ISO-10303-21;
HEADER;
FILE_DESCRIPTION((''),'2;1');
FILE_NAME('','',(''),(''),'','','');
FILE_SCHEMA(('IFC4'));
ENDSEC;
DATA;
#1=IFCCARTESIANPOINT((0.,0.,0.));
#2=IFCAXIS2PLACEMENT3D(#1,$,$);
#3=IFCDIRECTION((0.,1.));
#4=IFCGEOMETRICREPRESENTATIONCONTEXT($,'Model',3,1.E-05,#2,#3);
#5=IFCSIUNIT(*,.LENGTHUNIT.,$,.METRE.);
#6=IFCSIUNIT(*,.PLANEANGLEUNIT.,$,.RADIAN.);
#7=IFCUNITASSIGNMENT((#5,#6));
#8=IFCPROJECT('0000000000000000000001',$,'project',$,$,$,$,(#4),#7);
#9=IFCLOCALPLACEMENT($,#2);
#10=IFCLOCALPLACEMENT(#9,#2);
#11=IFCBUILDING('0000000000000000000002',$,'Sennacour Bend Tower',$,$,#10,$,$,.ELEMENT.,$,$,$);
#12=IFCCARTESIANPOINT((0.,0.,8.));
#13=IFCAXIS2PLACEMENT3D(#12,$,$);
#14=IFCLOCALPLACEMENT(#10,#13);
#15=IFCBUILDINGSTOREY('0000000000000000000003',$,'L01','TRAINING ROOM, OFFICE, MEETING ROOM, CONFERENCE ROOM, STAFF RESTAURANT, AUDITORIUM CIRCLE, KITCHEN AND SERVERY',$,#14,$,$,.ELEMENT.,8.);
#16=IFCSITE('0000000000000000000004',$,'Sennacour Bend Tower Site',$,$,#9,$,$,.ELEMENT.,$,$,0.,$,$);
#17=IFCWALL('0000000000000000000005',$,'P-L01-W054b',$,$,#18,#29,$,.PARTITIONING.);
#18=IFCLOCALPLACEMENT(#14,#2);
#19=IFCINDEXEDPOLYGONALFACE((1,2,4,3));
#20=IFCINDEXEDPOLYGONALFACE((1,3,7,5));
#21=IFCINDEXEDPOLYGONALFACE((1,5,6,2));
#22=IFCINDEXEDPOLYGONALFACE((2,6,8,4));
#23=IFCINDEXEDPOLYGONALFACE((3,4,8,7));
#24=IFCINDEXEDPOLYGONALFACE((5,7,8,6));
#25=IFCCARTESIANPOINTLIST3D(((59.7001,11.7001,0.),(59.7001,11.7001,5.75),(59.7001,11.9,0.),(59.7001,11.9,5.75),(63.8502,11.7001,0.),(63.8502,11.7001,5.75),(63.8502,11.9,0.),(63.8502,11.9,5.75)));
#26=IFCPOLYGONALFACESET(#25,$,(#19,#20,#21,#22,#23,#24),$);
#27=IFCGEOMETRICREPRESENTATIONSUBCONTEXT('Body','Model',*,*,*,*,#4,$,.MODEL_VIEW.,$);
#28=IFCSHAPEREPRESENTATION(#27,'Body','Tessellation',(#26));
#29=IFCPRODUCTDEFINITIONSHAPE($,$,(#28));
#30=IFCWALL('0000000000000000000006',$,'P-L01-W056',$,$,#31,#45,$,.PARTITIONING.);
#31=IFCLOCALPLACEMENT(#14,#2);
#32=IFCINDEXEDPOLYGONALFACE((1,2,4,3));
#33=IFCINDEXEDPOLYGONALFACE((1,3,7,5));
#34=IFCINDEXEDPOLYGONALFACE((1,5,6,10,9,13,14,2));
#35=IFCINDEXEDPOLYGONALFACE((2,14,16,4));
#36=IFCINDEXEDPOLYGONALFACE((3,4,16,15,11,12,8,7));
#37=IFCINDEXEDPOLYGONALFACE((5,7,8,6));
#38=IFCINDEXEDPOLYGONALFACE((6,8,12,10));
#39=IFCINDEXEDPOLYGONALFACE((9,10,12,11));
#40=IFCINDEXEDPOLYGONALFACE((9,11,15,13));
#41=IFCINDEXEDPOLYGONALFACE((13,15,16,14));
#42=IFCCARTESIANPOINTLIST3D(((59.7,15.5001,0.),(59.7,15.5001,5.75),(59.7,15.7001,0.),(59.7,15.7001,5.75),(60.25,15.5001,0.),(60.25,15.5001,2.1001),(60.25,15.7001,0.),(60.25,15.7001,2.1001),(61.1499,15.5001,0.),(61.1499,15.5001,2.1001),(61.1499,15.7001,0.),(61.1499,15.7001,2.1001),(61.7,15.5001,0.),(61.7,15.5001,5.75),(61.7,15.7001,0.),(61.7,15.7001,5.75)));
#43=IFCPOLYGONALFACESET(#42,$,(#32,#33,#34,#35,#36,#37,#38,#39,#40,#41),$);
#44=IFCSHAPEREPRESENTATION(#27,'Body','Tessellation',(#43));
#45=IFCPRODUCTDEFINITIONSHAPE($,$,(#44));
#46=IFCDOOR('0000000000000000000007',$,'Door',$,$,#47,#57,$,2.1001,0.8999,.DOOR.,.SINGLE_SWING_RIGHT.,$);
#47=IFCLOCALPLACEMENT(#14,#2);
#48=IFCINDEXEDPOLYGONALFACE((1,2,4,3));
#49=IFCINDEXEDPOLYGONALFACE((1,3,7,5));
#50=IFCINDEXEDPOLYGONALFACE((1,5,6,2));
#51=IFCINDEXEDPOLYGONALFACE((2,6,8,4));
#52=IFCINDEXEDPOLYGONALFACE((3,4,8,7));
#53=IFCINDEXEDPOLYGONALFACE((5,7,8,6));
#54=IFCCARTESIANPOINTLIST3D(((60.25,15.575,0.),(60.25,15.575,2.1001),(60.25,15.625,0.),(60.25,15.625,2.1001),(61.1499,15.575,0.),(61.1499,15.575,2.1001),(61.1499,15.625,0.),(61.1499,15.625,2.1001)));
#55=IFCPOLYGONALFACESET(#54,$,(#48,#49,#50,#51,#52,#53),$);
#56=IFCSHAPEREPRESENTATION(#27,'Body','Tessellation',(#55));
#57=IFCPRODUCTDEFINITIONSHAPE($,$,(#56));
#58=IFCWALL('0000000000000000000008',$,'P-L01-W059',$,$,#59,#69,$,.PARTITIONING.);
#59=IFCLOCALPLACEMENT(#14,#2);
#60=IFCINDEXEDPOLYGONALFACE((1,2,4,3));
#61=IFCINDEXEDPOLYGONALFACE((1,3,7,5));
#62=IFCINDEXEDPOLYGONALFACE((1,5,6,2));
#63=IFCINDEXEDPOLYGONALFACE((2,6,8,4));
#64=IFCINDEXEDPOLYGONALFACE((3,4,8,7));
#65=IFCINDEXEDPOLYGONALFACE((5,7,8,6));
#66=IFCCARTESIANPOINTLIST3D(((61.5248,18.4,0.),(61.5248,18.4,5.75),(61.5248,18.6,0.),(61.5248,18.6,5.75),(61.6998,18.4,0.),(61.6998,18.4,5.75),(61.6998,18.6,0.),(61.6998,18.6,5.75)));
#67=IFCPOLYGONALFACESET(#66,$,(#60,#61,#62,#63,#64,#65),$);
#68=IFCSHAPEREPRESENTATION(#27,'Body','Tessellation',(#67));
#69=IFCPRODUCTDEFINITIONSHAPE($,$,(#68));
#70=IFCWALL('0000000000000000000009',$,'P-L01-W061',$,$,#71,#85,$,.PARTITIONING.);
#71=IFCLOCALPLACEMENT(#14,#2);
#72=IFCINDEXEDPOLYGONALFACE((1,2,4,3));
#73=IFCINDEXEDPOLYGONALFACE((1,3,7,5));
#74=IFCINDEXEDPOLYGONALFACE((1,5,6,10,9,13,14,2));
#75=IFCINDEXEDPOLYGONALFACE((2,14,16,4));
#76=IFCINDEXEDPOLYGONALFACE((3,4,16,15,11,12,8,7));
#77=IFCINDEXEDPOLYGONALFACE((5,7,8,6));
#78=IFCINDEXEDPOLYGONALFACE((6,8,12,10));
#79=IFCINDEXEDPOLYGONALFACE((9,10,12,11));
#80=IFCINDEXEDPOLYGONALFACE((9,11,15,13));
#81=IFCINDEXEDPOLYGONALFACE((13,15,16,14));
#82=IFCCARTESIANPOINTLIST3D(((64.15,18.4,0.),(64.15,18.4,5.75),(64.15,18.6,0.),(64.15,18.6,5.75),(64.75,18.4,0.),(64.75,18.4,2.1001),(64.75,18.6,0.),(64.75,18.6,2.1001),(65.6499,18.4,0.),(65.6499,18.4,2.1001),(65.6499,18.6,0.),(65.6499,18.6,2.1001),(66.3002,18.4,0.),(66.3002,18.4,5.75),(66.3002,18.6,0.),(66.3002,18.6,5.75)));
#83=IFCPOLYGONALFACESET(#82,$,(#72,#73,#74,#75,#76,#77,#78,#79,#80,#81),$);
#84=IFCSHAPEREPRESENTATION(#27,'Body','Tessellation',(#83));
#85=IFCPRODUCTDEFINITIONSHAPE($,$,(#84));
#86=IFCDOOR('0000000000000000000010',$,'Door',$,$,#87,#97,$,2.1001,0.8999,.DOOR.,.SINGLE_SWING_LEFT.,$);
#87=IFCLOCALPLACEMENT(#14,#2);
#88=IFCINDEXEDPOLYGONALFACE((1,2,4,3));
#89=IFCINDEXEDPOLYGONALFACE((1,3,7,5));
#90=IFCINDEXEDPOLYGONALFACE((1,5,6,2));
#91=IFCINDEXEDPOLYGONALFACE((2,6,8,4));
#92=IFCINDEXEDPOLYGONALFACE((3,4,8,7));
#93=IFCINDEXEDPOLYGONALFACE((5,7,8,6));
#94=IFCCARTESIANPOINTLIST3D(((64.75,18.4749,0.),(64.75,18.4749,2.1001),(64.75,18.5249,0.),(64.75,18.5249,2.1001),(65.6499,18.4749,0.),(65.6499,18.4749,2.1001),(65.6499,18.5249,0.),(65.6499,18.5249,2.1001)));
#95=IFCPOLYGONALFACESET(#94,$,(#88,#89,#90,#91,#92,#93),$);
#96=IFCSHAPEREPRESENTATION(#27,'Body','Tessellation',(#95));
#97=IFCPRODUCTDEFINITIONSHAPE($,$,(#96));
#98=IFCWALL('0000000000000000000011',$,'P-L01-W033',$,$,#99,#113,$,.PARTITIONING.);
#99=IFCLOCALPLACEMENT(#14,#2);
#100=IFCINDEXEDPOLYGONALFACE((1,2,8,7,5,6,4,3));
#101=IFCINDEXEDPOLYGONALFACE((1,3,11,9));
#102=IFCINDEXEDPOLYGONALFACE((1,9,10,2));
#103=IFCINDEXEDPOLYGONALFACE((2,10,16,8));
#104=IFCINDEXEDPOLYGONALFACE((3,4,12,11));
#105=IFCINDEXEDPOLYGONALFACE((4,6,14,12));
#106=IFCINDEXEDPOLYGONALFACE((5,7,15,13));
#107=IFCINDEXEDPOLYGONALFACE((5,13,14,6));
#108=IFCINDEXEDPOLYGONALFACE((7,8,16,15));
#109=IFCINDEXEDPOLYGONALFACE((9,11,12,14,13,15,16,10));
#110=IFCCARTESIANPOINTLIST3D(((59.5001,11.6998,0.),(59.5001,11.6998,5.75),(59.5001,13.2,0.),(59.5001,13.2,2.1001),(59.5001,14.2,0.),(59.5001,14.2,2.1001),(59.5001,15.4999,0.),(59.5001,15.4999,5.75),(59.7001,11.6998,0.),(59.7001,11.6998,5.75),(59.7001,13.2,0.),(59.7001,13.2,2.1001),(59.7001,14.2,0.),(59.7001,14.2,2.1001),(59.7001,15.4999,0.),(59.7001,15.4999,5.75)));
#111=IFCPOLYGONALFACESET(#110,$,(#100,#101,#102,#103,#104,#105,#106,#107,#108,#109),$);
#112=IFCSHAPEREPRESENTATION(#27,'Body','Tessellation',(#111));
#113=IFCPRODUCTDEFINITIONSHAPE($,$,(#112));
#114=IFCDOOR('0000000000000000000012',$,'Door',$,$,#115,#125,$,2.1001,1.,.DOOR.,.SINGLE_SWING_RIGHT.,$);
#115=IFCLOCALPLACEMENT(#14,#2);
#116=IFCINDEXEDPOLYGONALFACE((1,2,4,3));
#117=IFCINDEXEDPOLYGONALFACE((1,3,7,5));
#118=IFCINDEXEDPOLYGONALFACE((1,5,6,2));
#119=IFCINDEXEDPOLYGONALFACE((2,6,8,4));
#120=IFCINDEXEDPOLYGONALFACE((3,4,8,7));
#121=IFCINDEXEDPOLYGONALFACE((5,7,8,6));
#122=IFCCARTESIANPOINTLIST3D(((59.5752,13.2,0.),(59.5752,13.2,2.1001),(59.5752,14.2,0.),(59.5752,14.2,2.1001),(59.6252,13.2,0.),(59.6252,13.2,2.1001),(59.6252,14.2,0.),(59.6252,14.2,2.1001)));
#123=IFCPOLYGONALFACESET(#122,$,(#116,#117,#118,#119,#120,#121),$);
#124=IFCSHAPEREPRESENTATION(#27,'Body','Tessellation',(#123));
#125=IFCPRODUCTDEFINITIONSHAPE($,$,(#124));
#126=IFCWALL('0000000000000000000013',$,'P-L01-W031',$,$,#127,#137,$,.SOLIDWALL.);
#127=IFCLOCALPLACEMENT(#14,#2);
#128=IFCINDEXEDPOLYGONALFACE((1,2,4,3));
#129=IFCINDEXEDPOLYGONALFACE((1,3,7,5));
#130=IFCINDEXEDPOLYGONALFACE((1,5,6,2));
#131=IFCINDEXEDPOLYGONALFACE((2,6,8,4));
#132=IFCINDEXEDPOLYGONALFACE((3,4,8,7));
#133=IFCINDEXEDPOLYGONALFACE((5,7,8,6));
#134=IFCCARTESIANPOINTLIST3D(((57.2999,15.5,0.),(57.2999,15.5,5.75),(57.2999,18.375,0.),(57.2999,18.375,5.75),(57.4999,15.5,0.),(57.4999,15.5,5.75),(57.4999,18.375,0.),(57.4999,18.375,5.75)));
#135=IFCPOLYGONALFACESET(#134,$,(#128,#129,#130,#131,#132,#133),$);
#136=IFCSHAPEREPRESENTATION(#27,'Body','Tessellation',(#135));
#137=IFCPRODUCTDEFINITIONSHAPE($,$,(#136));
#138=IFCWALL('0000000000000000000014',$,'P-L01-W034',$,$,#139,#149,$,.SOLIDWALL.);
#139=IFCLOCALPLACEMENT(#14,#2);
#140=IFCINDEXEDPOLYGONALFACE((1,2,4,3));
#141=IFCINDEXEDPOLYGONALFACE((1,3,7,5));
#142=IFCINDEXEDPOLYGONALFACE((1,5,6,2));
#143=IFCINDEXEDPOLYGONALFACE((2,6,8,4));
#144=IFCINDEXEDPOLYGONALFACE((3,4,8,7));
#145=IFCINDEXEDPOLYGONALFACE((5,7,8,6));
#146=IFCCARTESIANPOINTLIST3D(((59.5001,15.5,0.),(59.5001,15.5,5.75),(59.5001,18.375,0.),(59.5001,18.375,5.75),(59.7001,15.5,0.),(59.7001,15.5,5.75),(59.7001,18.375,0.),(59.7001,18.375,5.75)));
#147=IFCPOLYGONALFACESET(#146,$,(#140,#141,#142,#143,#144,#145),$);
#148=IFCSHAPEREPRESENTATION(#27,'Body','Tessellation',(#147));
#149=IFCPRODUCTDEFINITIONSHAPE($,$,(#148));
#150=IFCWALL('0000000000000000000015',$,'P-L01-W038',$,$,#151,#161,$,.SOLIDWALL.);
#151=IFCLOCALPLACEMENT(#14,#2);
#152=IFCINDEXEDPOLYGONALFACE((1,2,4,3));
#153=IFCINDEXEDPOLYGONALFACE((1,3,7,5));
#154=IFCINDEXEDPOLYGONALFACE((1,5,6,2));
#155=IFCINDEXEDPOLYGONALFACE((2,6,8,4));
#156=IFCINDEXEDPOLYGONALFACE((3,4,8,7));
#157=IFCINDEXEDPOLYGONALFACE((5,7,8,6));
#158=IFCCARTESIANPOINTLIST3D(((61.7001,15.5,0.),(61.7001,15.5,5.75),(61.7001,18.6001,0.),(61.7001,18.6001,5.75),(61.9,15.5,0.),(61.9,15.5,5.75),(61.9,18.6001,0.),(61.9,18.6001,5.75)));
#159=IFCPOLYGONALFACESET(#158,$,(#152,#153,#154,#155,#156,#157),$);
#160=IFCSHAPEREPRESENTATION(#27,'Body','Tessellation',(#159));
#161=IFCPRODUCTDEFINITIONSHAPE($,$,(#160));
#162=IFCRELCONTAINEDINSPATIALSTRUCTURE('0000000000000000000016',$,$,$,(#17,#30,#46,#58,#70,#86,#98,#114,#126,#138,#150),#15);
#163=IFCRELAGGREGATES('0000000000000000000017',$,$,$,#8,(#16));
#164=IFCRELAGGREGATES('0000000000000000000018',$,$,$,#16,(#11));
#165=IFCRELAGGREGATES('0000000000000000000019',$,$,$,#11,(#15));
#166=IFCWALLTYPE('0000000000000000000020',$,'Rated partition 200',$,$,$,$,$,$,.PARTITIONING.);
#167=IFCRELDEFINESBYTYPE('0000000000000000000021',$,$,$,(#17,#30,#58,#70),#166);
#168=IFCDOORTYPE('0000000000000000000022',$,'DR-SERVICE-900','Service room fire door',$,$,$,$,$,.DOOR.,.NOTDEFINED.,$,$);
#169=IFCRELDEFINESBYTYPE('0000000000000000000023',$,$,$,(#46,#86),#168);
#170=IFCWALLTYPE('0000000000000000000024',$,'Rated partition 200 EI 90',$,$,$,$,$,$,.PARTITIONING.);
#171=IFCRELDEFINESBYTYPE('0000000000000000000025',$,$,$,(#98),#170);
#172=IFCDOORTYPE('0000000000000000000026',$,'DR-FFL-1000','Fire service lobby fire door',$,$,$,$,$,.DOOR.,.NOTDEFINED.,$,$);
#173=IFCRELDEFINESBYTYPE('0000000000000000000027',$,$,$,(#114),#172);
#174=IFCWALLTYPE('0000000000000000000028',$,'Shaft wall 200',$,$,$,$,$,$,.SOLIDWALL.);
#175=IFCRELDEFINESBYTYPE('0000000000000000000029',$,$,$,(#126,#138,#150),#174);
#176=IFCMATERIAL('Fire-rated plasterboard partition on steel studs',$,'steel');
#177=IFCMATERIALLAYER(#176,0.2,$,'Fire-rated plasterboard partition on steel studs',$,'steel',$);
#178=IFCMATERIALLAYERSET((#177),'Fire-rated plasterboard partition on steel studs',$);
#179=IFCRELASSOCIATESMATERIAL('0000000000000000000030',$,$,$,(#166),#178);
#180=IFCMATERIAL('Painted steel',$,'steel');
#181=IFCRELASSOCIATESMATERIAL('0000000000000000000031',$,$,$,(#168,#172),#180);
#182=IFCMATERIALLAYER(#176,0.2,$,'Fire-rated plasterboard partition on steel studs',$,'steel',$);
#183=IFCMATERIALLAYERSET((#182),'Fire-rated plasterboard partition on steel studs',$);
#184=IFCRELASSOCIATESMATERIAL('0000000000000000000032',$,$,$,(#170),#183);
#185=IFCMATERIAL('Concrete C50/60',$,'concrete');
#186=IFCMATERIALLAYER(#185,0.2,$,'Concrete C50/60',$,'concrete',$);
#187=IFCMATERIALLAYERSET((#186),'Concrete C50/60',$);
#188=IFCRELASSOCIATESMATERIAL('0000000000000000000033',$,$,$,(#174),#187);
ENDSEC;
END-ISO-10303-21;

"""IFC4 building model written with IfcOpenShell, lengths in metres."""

from ifc_helpers import new_model, si_unit, direction, frame, frame_2d, origin, place, context, subcontext, project, spatial, rectangle, extrude, material, layer, layer_set, type_object, element, fill, save


model = new_model("IFC4")

# Units and contexts
model_context = context("Model", 3, precision=1e-05, world=origin(), true_north=direction((0.0, 1.0)))
body_context = subcontext(model_context, "Body", "Model", "MODEL_VIEW")
ifc_project = project(units=[si_unit("LENGTHUNIT", "METRE"), si_unit("PLANEANGLEUNIT", "RADIAN")], contexts=[model_context])

# Site, building, storey
site_placement = place(None, origin())
site = spatial("IfcSite", under=ifc_project, at=site_placement, Name="Sennacour Bend Tower Site", CompositionType="ELEMENT", RefElevation=0.0)
building_placement = place(site_placement, origin())
building = spatial("IfcBuilding", under=site, at=building_placement, Name="Sennacour Bend Tower", CompositionType="ELEMENT")
storey_placement = place(building_placement, frame((0.0, 0.0, 8.0)))
storey = spatial("IfcBuildingStorey", under=building, at=storey_placement, Name="L01", Description="TRAINING ROOM, OFFICE, MEETING ROOM, CONFERENCE ROOM, STAFF RESTAURANT, AUDITORIUM CIRCLE, KITCHEN AND SERVERY", CompositionType="ELEMENT", Elevation=8.0)

# Wall
ifc_material_1 = material(Name="Fire-rated plasterboard partition on steel studs", Category="steel")
ifc_layer_1 = layer(ifc_material_1, 0.2, Name="Fire-rated plasterboard partition on steel studs", Category="steel")
ifc_layer_set_1 = layer_set([ifc_layer_1], Name="Fire-rated plasterboard partition on steel studs")
wall_type_1 = type_object("IfcWallType", Name="Rated partition 200", PredefinedType="PARTITIONING", material=ifc_layer_set_1)
wall_1_placement = place(storey_placement, frame((59.7, 11.8, 0.0), z_axis=(0.0, 0.0, 1.0), x_axis=(1.0, 0.0, 0.0)))
element("IfcWall", 1, at=wall_1_placement, inside=storey, type_object=wall_type_1, Name="P-L01-W054b", PredefinedType="PARTITIONING", context=body_context, shape_type="SweptSolid", body=[
    extrude(rectangle(XDim=4.1501, YDim=0.2, at=frame_2d((2.0752, 0.0))), origin(), (0.0, 0.0, 1.0), 5.75),
])

# Wall, opening, door
wall_2_placement = place(storey_placement, frame((59.7, 15.6001, 0.0), z_axis=(0.0, 0.0, 1.0), x_axis=(1.0, 0.0, 0.0)))
wall_2 = element("IfcWall", 2, at=wall_2_placement, inside=storey, type_object=wall_type_1, Name="P-L01-W056", PredefinedType="PARTITIONING", context=body_context, shape_type="SweptSolid", body=[
    extrude(rectangle(XDim=2.0, YDim=0.2, at=frame_2d((1.0, 0.0))), origin(), (0.0, 0.0, 1.0), 5.75),
])
opening_1_placement = place(wall_2_placement, frame((0.55, 0.0, 0.0)))
opening_1 = element("IfcOpeningElement", 3, at=opening_1_placement, cuts=wall_2, PredefinedType="OPENING", context=body_context, shape_type="SweptSolid", body=[
    extrude(rectangle(XDim=0.8999, YDim=2.1001, at=frame_2d((0.45, 1.05))), frame((0.0, 0.1099, 0.0), z_axis=(0.0, -1.0, 0.0), x_axis=(1.0, 0.0, 0.0)), (0.0, 0.0, 1.0), 0.22),
])
ifc_material_2 = material(Name="Painted steel", Category="steel")
door_type_1 = type_object("IfcDoorType", Name="DR-SERVICE-900", Description="Service room fire door", OperationType="NOTDEFINED", PredefinedType="DOOR", material=ifc_material_2)
door_1_placement = place(opening_1_placement, origin())
door_1 = element("IfcDoor", 4, at=door_1_placement, inside=storey, type_object=door_type_1, Name="Door", OperationType="SINGLE_SWING_RIGHT", OverallHeight=2.1001, OverallWidth=0.8999, PredefinedType="DOOR", context=body_context, shape_type="SweptSolid", body=[
    extrude(rectangle(XDim=0.8999, YDim=2.1001, at=frame_2d((0.45, 1.05))), frame((0.0, 0.0249, 0.0), z_axis=(0.0, -1.0, 0.0), x_axis=(1.0, 0.0, 0.0)), (0.0, 0.0, 1.0), 0.05),
])
fill(opening_1, door_1)

# Wall
wall_3_placement = place(storey_placement, frame((61.5249, 18.5, 0.0), z_axis=(0.0, 0.0, 1.0), x_axis=(1.0, 0.0, 0.0)))
element("IfcWall", 5, at=wall_3_placement, inside=storey, type_object=wall_type_1, Name="P-L01-W059", PredefinedType="PARTITIONING", context=body_context, shape_type="SweptSolid", body=[
    extrude(rectangle(XDim=0.175, YDim=0.2, at=frame_2d((0.0874, 0.0))), origin(), (0.0, 0.0, 1.0), 5.75),
])

# Walls, openings, doors
wall_4_placement = place(storey_placement, frame((64.1499, 18.5, 0.0), z_axis=(0.0, 0.0, 1.0), x_axis=(1.0, 0.0, 0.0)))
wall_4 = element("IfcWall", 6, at=wall_4_placement, inside=storey, type_object=wall_type_1, Name="P-L01-W061", PredefinedType="PARTITIONING", context=body_context, shape_type="SweptSolid", body=[
    extrude(rectangle(XDim=2.1501, YDim=0.2, at=frame_2d((1.0752, 0.0))), origin(), (0.0, 0.0, 1.0), 5.75),
])
opening_2_placement = place(wall_4_placement, frame((0.6001, 0.0, 0.0)))
opening_2 = element("IfcOpeningElement", 7, at=opening_2_placement, cuts=wall_4, PredefinedType="OPENING", context=body_context, shape_type="SweptSolid", body=[
    extrude(rectangle(XDim=0.8999, YDim=2.1001, at=frame_2d((0.45, 1.05))), frame((0.0, 0.1099, 0.0), z_axis=(0.0, -1.0, 0.0), x_axis=(1.0, 0.0, 0.0)), (0.0, 0.0, 1.0), 0.22),
])
door_2_placement = place(opening_2_placement, origin())
door_2 = element("IfcDoor", 8, at=door_2_placement, inside=storey, type_object=door_type_1, Name="Door", OperationType="SINGLE_SWING_LEFT", OverallHeight=2.1001, OverallWidth=0.8999, PredefinedType="DOOR", context=body_context, shape_type="SweptSolid", body=[
    extrude(rectangle(XDim=0.8999, YDim=2.1001, at=frame_2d((0.45, 1.05))), frame((0.0, 0.0249, 0.0), z_axis=(0.0, -1.0, 0.0), x_axis=(1.0, 0.0, 0.0)), (0.0, 0.0, 1.0), 0.05),
])
fill(opening_2, door_2)
ifc_layer_2 = layer(ifc_material_1, 0.2, Name="Fire-rated plasterboard partition on steel studs", Category="steel")
ifc_layer_set_2 = layer_set([ifc_layer_2], Name="Fire-rated plasterboard partition on steel studs")
wall_type_2 = type_object("IfcWallType", Name="Rated partition 200 EI 90", PredefinedType="PARTITIONING", material=ifc_layer_set_2)
wall_5_placement = place(storey_placement, frame((59.6001, 11.7, 0.0), z_axis=(0.0, 0.0, 1.0), x_axis=(0.0, 1.0, 0.0)))
wall_5 = element("IfcWall", 9, at=wall_5_placement, inside=storey, type_object=wall_type_2, Name="P-L01-W033", PredefinedType="PARTITIONING", context=body_context, shape_type="SweptSolid", body=[
    extrude(rectangle(XDim=3.8, YDim=0.2, at=frame_2d((1.8999, 0.0))), origin(), (0.0, 0.0, 1.0), 5.75),
])
opening_3_placement = place(wall_5_placement, frame((1.5, 0.0, 0.0)))
opening_3 = element("IfcOpeningElement", 10, at=opening_3_placement, cuts=wall_5, PredefinedType="OPENING", context=body_context, shape_type="SweptSolid", body=[
    extrude(rectangle(XDim=1.0, YDim=2.1001, at=frame_2d((0.5, 1.05))), frame((0.0, 0.1099, 0.0), z_axis=(0.0, -1.0, 0.0), x_axis=(1.0, 0.0, 0.0)), (0.0, 0.0, 1.0), 0.22),
])
door_type_2 = type_object("IfcDoorType", Name="DR-FFL-1000", Description="Fire service lobby fire door", OperationType="NOTDEFINED", PredefinedType="DOOR", material=ifc_material_2)
door_3_placement = place(opening_3_placement, origin())
door_3 = element("IfcDoor", 11, at=door_3_placement, inside=storey, type_object=door_type_2, Name="Door", OperationType="SINGLE_SWING_RIGHT", OverallHeight=2.1001, OverallWidth=1.0, PredefinedType="DOOR", context=body_context, shape_type="SweptSolid", body=[
    extrude(rectangle(XDim=1.0, YDim=2.1001, at=frame_2d((0.5, 1.05))), frame((0.0, 0.0249, 0.0), z_axis=(0.0, -1.0, 0.0), x_axis=(1.0, 0.0, 0.0)), (0.0, 0.0, 1.0), 0.05),
])
fill(opening_3, door_3)

# Walls
ifc_material_3 = material(Name="Concrete C50/60", Category="concrete")
ifc_layer_3 = layer(ifc_material_3, 0.2, Name="Concrete C50/60", Category="concrete")
ifc_layer_set_3 = layer_set([ifc_layer_3], Name="Concrete C50/60")
wall_type_3 = type_object("IfcWallType", Name="Shaft wall 200", PredefinedType="SOLIDWALL", material=ifc_layer_set_3)
for number, where, z_axis, x_axis, name in (
    (12, (57.3999, 15.5, 0.0), (0.0, 0.0, 1.0), (0.0, 1.0, 0.0), "P-L01-W031"),
    (13, (59.6001, 15.5, 0.0), (0.0, 0.0, 1.0), (0.0, 1.0, 0.0), "P-L01-W034"),
):
    element("IfcWall", number, at=place(storey_placement, frame(where, z_axis=z_axis, x_axis=x_axis)), inside=storey, type_object=wall_type_3, Name=name, PredefinedType="SOLIDWALL", context=body_context, shape_type="SweptSolid", body=[
        extrude(rectangle(XDim=2.875, YDim=0.2, at=frame_2d((1.4375, 0.0))), origin(), (0.0, 0.0, 1.0), 5.75),
    ])
wall_6_placement = place(storey_placement, frame((61.8, 15.5, 0.0), z_axis=(0.0, 0.0, 1.0), x_axis=(0.0, 1.0, 0.0)))
element("IfcWall", 14, at=wall_6_placement, inside=storey, type_object=wall_type_3, Name="P-L01-W038", PredefinedType="SOLIDWALL", context=body_context, shape_type="SweptSolid", body=[
    extrude(rectangle(XDim=3.1001, YDim=0.2, at=frame_2d((1.55, 0.0))), origin(), (0.0, 0.0, 1.0), 5.75),
])

save(model, "model.ifc")
